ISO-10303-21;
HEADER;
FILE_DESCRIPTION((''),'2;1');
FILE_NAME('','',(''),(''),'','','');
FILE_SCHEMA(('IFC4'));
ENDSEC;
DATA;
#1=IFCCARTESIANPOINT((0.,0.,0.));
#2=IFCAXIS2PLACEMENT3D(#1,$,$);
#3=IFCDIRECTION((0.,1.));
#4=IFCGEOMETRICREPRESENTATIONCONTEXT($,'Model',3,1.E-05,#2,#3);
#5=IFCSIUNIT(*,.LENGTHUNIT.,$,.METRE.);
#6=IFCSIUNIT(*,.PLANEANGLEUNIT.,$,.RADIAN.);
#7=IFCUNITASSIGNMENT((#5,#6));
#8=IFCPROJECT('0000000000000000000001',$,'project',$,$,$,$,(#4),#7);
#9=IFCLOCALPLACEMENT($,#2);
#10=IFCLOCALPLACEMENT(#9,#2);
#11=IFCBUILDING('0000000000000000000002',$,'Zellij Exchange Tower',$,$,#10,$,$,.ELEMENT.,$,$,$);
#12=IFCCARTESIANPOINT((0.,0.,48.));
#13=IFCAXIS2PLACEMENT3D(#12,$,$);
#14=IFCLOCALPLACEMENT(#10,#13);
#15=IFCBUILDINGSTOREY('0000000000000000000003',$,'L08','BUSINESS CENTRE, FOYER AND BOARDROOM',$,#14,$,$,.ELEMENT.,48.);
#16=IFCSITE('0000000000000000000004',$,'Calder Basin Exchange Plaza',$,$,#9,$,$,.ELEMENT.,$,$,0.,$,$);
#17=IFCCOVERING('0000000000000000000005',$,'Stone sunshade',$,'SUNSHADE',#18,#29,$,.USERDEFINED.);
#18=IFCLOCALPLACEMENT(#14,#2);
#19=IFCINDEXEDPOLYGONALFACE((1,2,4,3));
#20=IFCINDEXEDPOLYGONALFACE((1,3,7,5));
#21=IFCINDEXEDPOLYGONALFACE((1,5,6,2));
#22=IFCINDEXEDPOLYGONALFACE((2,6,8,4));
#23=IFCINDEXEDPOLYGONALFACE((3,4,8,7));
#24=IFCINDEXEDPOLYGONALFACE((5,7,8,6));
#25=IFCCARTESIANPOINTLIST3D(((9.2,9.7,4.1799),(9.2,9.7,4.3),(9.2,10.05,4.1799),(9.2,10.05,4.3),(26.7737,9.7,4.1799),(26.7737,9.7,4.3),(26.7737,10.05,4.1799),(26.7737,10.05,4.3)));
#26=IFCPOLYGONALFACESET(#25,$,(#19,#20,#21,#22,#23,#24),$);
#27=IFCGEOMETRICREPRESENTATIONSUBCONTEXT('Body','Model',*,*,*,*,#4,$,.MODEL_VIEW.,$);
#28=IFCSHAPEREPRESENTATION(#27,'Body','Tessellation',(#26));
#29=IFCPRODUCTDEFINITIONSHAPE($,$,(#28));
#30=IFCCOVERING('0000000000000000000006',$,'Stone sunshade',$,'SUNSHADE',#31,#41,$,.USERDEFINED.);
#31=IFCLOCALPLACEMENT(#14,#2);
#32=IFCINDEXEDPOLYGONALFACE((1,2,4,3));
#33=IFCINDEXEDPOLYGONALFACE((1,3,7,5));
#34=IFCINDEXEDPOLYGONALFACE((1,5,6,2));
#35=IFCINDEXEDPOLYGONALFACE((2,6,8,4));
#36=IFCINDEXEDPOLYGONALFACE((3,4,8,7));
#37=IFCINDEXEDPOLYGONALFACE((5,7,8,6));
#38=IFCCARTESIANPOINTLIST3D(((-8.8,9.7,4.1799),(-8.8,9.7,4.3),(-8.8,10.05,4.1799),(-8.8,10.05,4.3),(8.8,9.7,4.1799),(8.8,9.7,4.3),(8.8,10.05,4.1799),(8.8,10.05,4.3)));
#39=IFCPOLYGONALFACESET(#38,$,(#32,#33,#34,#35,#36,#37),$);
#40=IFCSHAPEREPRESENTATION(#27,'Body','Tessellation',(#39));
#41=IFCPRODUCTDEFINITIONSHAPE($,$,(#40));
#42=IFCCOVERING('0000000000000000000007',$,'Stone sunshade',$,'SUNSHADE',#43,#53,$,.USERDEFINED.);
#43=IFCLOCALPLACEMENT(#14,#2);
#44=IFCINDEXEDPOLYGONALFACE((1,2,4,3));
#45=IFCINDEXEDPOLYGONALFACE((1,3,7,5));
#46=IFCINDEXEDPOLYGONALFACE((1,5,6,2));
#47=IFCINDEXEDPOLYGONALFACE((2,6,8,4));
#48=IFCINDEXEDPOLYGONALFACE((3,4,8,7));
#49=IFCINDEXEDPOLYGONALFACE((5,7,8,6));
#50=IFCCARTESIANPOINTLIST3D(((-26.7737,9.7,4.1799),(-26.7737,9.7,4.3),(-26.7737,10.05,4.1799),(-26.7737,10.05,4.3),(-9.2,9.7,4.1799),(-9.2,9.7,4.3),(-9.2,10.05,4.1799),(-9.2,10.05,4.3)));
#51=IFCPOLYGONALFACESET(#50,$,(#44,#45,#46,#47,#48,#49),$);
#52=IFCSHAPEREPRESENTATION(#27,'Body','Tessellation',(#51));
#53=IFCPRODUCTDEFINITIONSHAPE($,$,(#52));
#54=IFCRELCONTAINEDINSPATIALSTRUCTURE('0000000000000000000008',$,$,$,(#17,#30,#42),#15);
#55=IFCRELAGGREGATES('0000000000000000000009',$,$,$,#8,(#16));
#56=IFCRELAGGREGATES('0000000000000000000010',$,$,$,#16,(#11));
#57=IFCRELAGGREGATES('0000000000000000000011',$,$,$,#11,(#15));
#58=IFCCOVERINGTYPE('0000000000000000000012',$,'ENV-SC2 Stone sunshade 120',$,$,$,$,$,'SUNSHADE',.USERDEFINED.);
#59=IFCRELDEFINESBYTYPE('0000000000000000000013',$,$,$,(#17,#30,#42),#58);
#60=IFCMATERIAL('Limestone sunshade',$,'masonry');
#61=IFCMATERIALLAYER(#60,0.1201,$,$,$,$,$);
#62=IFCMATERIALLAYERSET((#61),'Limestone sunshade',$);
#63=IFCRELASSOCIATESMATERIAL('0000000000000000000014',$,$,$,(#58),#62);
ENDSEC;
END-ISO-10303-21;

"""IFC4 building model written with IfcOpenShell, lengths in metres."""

from ifc_helpers import new_model, si_unit, direction, frame, origin, place, context, subcontext, project, spatial, polyline, outline, extrude, material, layer, layer_set, type_object, element, save


model = new_model("IFC4")

# Units and contexts
model_context = context("Model", 3, precision=1e-05, world=origin(), true_north=direction((0.0, 1.0)))
body_context = subcontext(model_context, "Body", "Model", "MODEL_VIEW")
ifc_project = project(units=[si_unit("LENGTHUNIT", "METRE"), si_unit("PLANEANGLEUNIT", "RADIAN")], contexts=[model_context])

# Site, building, storey
site_placement = place(None, origin())
site = spatial("IfcSite", under=ifc_project, at=site_placement, Name="Calder Basin Exchange Plaza", CompositionType="ELEMENT", RefElevation=0.0)
building_placement = place(site_placement, origin())
building = spatial("IfcBuilding", under=site, at=building_placement, Name="Zellij Exchange Tower", CompositionType="ELEMENT")
storey_placement = place(building_placement, frame((0.0, 0.0, 48.0)))
storey = spatial("IfcBuildingStorey", under=building, at=storey_placement, Name="L08", Description="BUSINESS CENTRE, FOYER AND BOARDROOM", CompositionType="ELEMENT", Elevation=48.0)

# Coverings
ifc_material_1 = material(Name="Limestone sunshade", Category="masonry")
ifc_layer_1 = layer(ifc_material_1, 0.1201)
ifc_layer_set_1 = layer_set([ifc_layer_1], Name="Limestone sunshade")
covering_type_1 = type_object("IfcCoveringType", Name="ENV-SC2 Stone sunshade 120", ElementType="SUNSHADE", PredefinedType="USERDEFINED", material=ifc_layer_set_1)
covering_1_placement = place(storey_placement, frame((0.0, 0.0, 4.1799)))
element("IfcCovering", 1, at=covering_1_placement, inside=storey, type_object=covering_type_1, Name="Stone sunshade", ObjectType="SUNSHADE", PredefinedType="USERDEFINED", context=body_context, shape_type="SweptSolid", body=[
    extrude(outline(polyline([(26.7737, 9.7), (9.2, 9.7), (9.2, 10.05), (26.7737, 10.05), (26.7737, 9.7)])), origin(), (0.0, 0.0, 1.0), 0.1201),
])
covering_2_placement = place(storey_placement, frame((0.0, 0.0, 4.1799)))
element("IfcCovering", 2, at=covering_2_placement, inside=storey, type_object=covering_type_1, Name="Stone sunshade", ObjectType="SUNSHADE", PredefinedType="USERDEFINED", context=body_context, shape_type="SweptSolid", body=[
    extrude(outline(polyline([(8.8, 9.7), (-8.8, 9.7), (-8.8, 10.05), (8.8, 10.05), (8.8, 9.7)])), origin(), (0.0, 0.0, 1.0), 0.1201),
])
covering_3_placement = place(storey_placement, frame((0.0, 0.0, 4.1799)))
element("IfcCovering", 3, at=covering_3_placement, inside=storey, type_object=covering_type_1, Name="Stone sunshade", ObjectType="SUNSHADE", PredefinedType="USERDEFINED", context=body_context, shape_type="SweptSolid", body=[
    extrude(outline(polyline([(-9.2, 9.7), (-26.7737, 9.7), (-26.7737, 10.05), (-9.2, 10.05), (-9.2, 9.7)])), origin(), (0.0, 0.0, 1.0), 0.1201),
])

save(model, "model.ifc")
